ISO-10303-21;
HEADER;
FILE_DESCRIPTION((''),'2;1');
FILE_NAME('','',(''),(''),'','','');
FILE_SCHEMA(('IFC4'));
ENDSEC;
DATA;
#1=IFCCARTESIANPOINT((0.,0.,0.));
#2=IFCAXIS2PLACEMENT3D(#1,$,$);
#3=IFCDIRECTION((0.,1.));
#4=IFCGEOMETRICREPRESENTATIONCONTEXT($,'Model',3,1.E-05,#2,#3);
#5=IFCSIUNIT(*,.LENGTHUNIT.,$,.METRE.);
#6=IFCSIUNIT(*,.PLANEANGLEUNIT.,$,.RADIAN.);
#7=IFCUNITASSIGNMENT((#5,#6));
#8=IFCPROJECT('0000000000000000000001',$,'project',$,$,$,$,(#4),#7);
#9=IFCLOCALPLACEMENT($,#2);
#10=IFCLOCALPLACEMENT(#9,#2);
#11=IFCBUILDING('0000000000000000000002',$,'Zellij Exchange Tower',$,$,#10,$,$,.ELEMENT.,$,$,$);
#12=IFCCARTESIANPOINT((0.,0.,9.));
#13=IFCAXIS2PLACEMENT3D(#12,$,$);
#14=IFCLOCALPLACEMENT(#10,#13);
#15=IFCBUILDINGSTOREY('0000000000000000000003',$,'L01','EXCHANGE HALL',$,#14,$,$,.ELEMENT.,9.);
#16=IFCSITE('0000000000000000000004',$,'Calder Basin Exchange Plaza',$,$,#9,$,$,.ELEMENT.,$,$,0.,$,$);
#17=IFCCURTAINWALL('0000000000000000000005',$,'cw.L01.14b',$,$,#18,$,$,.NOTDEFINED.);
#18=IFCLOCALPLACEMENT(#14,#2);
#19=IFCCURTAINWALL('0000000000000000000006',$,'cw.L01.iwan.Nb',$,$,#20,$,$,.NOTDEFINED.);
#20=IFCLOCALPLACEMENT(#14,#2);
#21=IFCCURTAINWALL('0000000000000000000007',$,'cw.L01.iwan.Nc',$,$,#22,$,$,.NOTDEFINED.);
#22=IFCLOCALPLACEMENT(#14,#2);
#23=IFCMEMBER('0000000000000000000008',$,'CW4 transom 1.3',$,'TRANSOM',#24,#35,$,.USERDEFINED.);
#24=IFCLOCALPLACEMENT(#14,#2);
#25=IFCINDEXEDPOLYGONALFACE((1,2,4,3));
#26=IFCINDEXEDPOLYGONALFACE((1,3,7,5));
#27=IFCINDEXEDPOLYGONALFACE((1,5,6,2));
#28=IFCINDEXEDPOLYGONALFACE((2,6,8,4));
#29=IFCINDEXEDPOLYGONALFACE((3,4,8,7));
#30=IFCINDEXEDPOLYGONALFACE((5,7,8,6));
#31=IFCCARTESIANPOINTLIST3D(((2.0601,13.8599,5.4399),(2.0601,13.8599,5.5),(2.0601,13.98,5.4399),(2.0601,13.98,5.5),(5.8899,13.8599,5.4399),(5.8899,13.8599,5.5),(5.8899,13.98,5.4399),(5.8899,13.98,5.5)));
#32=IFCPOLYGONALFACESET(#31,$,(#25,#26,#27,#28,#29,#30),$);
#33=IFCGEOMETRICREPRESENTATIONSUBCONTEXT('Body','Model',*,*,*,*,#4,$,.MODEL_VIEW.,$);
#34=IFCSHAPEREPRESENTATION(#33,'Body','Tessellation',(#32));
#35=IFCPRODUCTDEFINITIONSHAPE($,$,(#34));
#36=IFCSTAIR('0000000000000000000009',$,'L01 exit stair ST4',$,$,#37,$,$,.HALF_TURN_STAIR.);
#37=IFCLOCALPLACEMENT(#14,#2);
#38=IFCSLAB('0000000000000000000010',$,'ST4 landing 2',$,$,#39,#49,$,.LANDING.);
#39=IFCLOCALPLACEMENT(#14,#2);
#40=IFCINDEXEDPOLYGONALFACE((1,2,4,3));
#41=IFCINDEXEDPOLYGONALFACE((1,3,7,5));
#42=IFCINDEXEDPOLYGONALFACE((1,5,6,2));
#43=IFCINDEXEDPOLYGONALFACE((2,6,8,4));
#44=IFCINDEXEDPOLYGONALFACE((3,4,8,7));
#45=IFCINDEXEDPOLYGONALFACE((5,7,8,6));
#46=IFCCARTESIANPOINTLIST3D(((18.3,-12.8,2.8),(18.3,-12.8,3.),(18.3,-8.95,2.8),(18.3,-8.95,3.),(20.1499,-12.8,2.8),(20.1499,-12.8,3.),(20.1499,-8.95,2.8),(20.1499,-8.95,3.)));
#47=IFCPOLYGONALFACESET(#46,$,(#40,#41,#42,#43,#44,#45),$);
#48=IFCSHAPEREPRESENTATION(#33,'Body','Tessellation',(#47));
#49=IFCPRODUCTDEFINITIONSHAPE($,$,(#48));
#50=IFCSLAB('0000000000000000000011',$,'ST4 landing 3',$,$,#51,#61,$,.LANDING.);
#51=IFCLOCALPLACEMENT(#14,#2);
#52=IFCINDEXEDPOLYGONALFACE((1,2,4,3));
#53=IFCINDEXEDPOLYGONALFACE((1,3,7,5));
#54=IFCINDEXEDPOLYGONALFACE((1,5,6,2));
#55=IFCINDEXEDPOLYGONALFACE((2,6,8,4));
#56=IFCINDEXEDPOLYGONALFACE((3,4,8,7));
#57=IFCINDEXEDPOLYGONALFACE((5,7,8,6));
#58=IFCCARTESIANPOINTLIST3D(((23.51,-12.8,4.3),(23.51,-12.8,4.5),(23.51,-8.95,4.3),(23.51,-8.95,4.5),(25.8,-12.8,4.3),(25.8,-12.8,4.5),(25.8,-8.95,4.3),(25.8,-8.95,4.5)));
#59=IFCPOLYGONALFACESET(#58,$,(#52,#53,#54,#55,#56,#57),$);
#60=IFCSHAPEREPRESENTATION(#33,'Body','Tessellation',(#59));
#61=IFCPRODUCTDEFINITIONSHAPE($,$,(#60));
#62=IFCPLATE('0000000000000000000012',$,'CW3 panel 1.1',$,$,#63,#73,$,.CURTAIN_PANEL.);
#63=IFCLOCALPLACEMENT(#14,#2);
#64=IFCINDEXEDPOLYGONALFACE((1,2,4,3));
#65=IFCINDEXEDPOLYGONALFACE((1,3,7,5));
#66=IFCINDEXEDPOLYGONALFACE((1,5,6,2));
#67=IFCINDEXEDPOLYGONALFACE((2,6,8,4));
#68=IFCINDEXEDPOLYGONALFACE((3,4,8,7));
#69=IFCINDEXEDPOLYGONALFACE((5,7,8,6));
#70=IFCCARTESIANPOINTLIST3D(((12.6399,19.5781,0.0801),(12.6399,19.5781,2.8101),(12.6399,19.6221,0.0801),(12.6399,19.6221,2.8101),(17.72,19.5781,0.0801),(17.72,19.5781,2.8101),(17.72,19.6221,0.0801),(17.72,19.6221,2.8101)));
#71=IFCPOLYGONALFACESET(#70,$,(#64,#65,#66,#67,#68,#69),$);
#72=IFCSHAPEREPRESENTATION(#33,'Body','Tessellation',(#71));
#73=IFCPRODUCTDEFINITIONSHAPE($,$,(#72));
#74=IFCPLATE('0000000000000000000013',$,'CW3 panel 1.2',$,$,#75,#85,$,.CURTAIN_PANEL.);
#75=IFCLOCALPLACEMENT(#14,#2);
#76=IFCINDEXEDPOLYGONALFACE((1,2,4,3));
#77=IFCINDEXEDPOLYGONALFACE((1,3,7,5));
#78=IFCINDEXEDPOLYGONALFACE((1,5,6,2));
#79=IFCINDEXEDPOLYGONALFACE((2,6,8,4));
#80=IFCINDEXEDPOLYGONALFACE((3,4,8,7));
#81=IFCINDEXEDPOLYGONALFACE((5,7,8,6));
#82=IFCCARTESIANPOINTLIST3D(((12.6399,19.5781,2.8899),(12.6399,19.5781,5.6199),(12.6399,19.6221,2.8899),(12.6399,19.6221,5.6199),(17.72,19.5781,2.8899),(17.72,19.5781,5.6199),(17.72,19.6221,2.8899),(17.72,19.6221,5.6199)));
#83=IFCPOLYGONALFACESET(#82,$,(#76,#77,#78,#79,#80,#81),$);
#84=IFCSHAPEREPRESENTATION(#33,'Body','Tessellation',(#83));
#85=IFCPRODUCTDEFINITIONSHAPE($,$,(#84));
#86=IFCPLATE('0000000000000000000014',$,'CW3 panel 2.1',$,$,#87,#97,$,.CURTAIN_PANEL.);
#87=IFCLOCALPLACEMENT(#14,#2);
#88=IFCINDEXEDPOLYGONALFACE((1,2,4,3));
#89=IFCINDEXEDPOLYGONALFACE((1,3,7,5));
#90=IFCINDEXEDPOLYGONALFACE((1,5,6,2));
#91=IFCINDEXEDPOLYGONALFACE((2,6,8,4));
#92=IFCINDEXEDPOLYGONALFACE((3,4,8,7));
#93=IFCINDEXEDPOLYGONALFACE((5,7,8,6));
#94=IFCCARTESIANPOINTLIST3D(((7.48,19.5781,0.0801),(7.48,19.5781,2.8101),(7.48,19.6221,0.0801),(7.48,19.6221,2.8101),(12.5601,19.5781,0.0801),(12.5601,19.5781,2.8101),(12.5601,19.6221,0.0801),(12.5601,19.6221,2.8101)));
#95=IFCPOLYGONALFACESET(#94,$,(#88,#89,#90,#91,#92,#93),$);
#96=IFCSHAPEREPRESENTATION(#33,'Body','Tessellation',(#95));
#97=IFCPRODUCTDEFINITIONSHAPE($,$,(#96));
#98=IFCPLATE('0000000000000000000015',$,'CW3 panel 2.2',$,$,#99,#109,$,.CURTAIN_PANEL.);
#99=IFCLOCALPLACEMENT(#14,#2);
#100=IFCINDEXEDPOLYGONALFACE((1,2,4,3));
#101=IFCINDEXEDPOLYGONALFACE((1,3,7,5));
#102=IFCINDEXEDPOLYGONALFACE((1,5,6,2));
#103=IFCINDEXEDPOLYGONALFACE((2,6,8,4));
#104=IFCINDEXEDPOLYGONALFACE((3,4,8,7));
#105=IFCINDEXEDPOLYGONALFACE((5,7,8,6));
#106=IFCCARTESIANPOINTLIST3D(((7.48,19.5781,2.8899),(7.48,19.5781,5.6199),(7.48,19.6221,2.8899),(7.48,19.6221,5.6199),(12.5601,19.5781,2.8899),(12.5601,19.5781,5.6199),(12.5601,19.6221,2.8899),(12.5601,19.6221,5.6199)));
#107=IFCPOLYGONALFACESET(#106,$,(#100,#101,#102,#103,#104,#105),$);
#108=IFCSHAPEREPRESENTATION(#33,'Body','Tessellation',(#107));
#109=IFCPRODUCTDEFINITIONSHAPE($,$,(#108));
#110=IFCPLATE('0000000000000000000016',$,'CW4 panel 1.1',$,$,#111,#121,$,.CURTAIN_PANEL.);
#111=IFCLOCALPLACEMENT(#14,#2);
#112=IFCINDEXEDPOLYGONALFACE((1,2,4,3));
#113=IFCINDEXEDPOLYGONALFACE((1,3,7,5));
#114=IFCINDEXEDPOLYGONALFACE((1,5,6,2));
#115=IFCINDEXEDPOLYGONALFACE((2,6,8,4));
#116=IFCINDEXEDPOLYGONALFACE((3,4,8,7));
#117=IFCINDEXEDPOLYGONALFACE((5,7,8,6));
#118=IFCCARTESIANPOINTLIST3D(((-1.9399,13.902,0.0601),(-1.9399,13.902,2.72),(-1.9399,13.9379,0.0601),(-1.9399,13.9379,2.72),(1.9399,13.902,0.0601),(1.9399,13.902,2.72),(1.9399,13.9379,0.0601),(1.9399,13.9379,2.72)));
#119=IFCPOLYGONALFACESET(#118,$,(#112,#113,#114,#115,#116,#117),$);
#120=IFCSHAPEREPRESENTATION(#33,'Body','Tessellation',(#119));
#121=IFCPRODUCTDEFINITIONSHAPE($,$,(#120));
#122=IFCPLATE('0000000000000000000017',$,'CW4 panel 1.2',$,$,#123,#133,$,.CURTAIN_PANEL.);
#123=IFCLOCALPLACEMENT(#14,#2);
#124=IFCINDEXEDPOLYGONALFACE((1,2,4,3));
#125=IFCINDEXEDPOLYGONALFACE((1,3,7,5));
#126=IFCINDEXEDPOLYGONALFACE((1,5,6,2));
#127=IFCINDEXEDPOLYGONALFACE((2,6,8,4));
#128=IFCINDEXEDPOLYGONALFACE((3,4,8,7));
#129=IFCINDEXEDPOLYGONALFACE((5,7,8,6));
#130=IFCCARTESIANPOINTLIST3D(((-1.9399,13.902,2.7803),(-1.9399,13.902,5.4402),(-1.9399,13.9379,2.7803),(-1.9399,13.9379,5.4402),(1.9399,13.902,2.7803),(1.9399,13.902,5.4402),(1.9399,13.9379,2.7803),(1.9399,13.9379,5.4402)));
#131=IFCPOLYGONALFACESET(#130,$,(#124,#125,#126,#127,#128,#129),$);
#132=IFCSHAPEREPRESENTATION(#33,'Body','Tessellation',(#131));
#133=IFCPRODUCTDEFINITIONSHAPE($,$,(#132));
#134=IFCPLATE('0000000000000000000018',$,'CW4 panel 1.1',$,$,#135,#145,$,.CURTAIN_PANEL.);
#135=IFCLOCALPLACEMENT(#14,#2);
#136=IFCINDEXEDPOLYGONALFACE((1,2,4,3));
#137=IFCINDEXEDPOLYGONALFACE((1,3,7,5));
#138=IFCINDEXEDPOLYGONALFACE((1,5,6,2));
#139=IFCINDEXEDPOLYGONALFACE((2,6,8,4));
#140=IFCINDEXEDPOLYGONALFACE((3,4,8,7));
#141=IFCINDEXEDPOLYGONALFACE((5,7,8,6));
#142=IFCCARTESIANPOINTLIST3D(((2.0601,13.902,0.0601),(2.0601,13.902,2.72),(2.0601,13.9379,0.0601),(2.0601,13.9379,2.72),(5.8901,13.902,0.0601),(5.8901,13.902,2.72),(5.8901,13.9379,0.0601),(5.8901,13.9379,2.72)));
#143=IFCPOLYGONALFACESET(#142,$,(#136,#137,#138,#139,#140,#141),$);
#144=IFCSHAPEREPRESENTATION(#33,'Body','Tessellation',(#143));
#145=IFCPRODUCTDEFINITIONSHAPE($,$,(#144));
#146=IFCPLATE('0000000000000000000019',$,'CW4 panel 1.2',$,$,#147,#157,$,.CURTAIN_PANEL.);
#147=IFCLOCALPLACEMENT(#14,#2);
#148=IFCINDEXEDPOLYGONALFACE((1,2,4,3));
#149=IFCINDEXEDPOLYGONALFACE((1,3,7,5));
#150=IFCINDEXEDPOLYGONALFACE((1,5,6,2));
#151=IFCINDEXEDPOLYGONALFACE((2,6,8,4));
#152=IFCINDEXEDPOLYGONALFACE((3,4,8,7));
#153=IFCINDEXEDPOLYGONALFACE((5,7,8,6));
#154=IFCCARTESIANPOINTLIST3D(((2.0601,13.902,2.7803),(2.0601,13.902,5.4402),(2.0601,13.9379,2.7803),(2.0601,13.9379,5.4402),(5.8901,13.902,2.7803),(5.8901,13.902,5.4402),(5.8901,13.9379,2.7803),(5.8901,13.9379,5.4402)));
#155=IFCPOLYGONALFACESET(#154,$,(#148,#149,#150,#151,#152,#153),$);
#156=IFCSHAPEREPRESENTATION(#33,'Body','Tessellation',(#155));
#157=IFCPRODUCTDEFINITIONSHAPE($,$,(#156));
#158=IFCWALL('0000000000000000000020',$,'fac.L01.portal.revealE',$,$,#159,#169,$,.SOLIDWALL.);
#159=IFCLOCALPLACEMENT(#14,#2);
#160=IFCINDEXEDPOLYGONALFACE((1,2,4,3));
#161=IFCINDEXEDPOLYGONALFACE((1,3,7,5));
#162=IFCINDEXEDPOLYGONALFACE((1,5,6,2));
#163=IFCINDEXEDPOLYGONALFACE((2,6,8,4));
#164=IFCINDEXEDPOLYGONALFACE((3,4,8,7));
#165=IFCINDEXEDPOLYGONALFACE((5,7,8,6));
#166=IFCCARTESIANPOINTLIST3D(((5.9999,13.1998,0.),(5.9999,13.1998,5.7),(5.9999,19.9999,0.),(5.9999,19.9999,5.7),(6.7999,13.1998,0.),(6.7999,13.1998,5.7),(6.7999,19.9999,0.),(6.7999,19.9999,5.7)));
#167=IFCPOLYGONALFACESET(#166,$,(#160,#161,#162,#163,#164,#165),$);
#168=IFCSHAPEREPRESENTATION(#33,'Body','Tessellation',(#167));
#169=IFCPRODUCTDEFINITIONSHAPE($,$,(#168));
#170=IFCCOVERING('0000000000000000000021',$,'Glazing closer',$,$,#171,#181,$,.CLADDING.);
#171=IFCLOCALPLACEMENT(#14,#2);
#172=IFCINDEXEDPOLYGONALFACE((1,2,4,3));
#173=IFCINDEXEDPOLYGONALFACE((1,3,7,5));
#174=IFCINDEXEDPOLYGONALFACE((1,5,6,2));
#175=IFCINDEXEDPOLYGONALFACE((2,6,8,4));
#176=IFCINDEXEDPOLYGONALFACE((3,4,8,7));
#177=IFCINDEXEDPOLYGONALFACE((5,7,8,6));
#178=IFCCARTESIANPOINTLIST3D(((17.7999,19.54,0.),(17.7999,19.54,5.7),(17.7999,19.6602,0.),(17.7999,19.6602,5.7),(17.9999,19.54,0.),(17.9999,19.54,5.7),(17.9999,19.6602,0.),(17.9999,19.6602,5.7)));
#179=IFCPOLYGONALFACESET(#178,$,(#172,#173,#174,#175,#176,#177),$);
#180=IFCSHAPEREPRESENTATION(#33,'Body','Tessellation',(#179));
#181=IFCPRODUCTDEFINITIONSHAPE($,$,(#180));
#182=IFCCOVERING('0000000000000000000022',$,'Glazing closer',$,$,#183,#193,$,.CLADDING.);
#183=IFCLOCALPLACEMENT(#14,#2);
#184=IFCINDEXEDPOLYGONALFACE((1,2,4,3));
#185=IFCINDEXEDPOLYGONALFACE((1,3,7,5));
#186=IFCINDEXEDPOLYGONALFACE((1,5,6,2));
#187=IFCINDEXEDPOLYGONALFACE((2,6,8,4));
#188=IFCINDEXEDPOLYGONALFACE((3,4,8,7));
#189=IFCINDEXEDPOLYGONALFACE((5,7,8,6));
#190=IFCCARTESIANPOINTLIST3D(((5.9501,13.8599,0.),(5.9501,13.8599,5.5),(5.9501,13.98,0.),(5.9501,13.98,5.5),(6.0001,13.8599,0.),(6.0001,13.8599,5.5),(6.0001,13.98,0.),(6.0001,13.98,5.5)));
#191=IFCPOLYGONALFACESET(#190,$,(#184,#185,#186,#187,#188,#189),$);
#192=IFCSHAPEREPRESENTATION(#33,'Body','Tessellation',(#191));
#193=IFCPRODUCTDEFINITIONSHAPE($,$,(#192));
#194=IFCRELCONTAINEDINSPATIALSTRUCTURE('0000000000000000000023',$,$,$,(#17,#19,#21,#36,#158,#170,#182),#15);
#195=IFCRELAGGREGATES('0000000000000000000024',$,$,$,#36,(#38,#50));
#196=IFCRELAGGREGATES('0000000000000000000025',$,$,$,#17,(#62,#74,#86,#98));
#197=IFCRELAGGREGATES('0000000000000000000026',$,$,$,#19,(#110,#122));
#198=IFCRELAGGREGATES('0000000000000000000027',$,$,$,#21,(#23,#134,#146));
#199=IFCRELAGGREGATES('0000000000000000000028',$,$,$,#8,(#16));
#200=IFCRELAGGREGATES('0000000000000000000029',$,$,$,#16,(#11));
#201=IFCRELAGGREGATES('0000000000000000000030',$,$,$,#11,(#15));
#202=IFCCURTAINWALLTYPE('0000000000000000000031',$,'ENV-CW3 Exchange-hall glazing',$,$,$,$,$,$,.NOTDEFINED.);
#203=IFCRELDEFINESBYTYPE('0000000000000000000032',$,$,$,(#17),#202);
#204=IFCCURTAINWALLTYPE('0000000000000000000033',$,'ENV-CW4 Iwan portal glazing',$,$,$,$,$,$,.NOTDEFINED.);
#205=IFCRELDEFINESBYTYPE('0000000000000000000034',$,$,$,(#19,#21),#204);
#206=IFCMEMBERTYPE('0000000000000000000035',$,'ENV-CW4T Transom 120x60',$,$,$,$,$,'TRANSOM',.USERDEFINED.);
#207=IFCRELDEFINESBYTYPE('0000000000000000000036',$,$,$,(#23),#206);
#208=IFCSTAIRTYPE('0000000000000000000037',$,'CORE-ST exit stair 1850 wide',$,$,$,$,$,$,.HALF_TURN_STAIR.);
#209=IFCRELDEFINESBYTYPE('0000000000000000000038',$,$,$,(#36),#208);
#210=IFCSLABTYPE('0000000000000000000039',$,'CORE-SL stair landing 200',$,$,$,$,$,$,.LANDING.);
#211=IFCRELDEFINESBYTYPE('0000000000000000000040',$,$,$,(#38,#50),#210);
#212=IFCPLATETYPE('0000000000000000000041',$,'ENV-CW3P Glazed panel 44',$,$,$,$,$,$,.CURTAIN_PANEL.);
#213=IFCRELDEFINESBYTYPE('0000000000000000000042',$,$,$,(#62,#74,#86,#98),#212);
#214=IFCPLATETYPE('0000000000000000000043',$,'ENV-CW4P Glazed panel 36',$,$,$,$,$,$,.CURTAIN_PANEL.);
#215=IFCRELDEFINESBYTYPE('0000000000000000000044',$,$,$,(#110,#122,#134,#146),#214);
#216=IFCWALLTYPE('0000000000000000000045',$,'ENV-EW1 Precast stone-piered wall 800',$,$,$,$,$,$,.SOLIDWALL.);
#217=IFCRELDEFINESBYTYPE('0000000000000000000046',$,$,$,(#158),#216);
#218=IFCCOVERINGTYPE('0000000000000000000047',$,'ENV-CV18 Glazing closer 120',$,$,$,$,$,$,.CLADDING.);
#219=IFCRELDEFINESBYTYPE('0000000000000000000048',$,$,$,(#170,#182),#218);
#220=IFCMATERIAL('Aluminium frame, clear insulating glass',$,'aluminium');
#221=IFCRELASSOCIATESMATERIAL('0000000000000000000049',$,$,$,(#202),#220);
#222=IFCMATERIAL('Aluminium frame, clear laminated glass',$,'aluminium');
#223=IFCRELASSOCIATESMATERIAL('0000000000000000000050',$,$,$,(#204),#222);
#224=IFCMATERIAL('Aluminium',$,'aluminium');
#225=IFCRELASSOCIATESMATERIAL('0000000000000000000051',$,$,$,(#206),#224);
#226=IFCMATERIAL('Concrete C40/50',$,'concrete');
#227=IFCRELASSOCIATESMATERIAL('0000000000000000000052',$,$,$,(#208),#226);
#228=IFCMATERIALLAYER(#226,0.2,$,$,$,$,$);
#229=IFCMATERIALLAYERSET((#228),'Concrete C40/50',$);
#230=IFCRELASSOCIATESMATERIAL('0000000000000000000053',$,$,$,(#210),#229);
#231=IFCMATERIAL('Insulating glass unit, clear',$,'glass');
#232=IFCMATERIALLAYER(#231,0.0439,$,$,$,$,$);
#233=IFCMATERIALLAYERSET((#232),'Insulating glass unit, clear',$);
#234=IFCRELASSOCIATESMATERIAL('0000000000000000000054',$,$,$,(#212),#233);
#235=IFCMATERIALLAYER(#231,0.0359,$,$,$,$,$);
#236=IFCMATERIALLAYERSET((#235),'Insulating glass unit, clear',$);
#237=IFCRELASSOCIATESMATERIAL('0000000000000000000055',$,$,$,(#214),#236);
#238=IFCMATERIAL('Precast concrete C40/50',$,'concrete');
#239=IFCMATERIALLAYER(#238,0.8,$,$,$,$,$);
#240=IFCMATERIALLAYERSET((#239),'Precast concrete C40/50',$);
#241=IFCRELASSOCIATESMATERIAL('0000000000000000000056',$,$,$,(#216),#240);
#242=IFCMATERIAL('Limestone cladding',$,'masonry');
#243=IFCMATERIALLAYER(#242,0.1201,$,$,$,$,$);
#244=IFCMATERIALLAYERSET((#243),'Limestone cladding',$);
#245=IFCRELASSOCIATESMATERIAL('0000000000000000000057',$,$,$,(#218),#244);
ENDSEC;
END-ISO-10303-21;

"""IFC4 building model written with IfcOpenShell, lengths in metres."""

from ifc_helpers import new_model, si_unit, direction, frame, frame_2d, origin, origin_2d, place, context, subcontext, project, spatial, polyline, rectangle, outline, extrude, material, layer, layer_set, material_profile, profile_set, type_object, element, aggregate, save


model = new_model("IFC4")

# Units and contexts
model_context = context("Model", 3, precision=1e-05, world=origin(), true_north=direction((0.0, 1.0)))
body_context = subcontext(model_context, "Body", "Model", "MODEL_VIEW")
ifc_project = project(units=[si_unit("LENGTHUNIT", "METRE"), si_unit("PLANEANGLEUNIT", "RADIAN")], contexts=[model_context])

# Site, building, storey
site_placement = place(None, origin())
site = spatial("IfcSite", under=ifc_project, at=site_placement, Name="Calder Basin Exchange Plaza", CompositionType="ELEMENT", RefElevation=0.0)
building_placement = place(site_placement, origin())
building = spatial("IfcBuilding", under=site, at=building_placement, Name="Zellij Exchange Tower", CompositionType="ELEMENT")
storey_placement = place(building_placement, frame((0.0, 0.0, 9.0)))
storey = spatial("IfcBuildingStorey", under=building, at=storey_placement, Name="L01", Description="EXCHANGE HALL", CompositionType="ELEMENT", Elevation=9.0)

# Curtain wall
ifc_material_1 = material(Name="Aluminium frame, clear insulating glass", Category="aluminium")
curtain_wall_type_1 = type_object("IfcCurtainWallType", Name="ENV-CW3 Exchange-hall glazing", PredefinedType="NOTDEFINED", material=ifc_material_1)
curtain_wall_1_placement = place(storey_placement, origin())
curtain_wall_1 = element("IfcCurtainWall", 1, at=curtain_wall_1_placement, inside=storey, type_object=curtain_wall_type_1, Name="cw.L01.14b", PredefinedType="NOTDEFINED")
ifc_material_2 = material(Name="Aluminium", Category="aluminium")

# Curtain wall
ifc_material_3 = material(Name="Aluminium frame, clear laminated glass", Category="aluminium")
curtain_wall_type_2 = type_object("IfcCurtainWallType", Name="ENV-CW4 Iwan portal glazing", PredefinedType="NOTDEFINED", material=ifc_material_3)
curtain_wall_2_placement = place(storey_placement, origin())
curtain_wall_2 = element("IfcCurtainWall", 2, at=curtain_wall_2_placement, inside=storey, type_object=curtain_wall_type_2, Name="cw.L01.iwan.Nb", PredefinedType="NOTDEFINED")

# Curtain wall, member
curtain_wall_3_placement = place(storey_placement, origin())
curtain_wall_3 = element("IfcCurtainWall", 3, at=curtain_wall_3_placement, inside=storey, type_object=curtain_wall_type_2, Name="cw.L01.iwan.Nc", PredefinedType="NOTDEFINED")
ifc_material_profile_1 = material_profile(ifc_material_2, rectangle(XDim=0.1201, YDim=0.0601, at=origin_2d()), Name="AL 120x60")
ifc_profile_set_1 = profile_set([ifc_material_profile_1], Name="Aluminium")
member_type_1 = type_object("IfcMemberType", Name="ENV-CW4T Transom 120x60", ElementType="TRANSOM", PredefinedType="USERDEFINED", material=ifc_profile_set_1)
member_1_placement = place(storey_placement, frame((2.0601, 13.9199, 5.47), z_axis=(1.0, 0.0, 0.0), x_axis=(0.0, 1.0, 0.0)))
member_1 = element("IfcMember", 4, at=member_1_placement, type_object=member_type_1, Name="CW4 transom 1.3", ObjectType="TRANSOM", PredefinedType="USERDEFINED", context=body_context, shape_type="SweptSolid", body=[
    extrude(rectangle(XDim=0.1201, YDim=0.0601, at=origin_2d()), origin(), (0.0, 0.0, 1.0), 3.8298),
])

# Stair, slabs
ifc_material_4 = material(Name="Concrete C40/50", Category="concrete")
stair_type = type_object("IfcStairType", Name="CORE-ST exit stair 1850 wide", PredefinedType="HALF_TURN_STAIR", material=ifc_material_4)
stair_placement = place(storey_placement, origin())
stair = element("IfcStair", 5, at=stair_placement, inside=storey, type_object=stair_type, Name="L01 exit stair ST4", PredefinedType="HALF_TURN_STAIR")
ifc_layer_1 = layer(ifc_material_4, 0.2)
ifc_layer_set_1 = layer_set([ifc_layer_1], Name="Concrete C40/50")
slab_type = type_object("IfcSlabType", Name="CORE-SL stair landing 200", PredefinedType="LANDING", material=ifc_layer_set_1)
slab_1_placement = place(storey_placement, frame((0.0, 0.0, 2.8)))
slab_1 = element("IfcSlab", 6, at=slab_1_placement, type_object=slab_type, Name="ST4 landing 2", PredefinedType="LANDING", context=body_context, shape_type="SweptSolid", body=[
    extrude(outline(polyline([(18.3, -12.8), (20.1499, -12.8), (20.1499, -8.95), (18.3, -8.95), (18.3, -12.8)])), origin(), (0.0, 0.0, 1.0), 0.2),
])
slab_2_placement = place(storey_placement, frame((0.0, 0.0, 4.3)))
slab_2 = element("IfcSlab", 7, at=slab_2_placement, type_object=slab_type, Name="ST4 landing 3", PredefinedType="LANDING", context=body_context, shape_type="SweptSolid", body=[
    extrude(outline(polyline([(23.51, -12.8), (25.8, -12.8), (25.8, -8.95), (23.51, -8.95), (23.51, -12.8)])), origin(), (0.0, 0.0, 1.0), 0.2),
])
aggregate(stair, [slab_1, slab_2])

# Plates
ifc_material_5 = material(Name="Insulating glass unit, clear", Category="glass")
ifc_layer_2 = layer(ifc_material_5, 0.0439)
ifc_layer_set_2 = layer_set([ifc_layer_2], Name="Insulating glass unit, clear")
plate_type_1 = type_object("IfcPlateType", Name="ENV-CW3P Glazed panel 44", PredefinedType="CURTAIN_PANEL", material=ifc_layer_set_2)
plate_1_placement = place(storey_placement, frame((15.1799, 19.6001, 0.0801), z_axis=(0.0, 0.0, 1.0), x_axis=(-1.0, 0.0, 0.0)))
plate_1 = element("IfcPlate", 8, at=plate_1_placement, type_object=plate_type_1, Name="CW3 panel 1.1", PredefinedType="CURTAIN_PANEL", context=body_context, shape_type="SweptSolid", body=[
    extrude(rectangle(XDim=5.0801, YDim=0.0439, at=origin_2d()), origin(), (0.0, 0.0, 1.0), 2.73),
])
plate_2_placement = place(storey_placement, frame((15.1799, 19.6001, 2.8899), z_axis=(0.0, 0.0, 1.0), x_axis=(-1.0, 0.0, 0.0)))
plate_2 = element("IfcPlate", 9, at=plate_2_placement, type_object=plate_type_1, Name="CW3 panel 1.2", PredefinedType="CURTAIN_PANEL", context=body_context, shape_type="SweptSolid", body=[
    extrude(rectangle(XDim=5.0801, YDim=0.0439, at=origin_2d()), origin(), (0.0, 0.0, 1.0), 2.73),
])
plate_3_placement = place(storey_placement, frame((10.02, 19.6001, 0.0801), z_axis=(0.0, 0.0, 1.0), x_axis=(-1.0, 0.0, 0.0)))
plate_3 = element("IfcPlate", 10, at=plate_3_placement, type_object=plate_type_1, Name="CW3 panel 2.1", PredefinedType="CURTAIN_PANEL", context=body_context, shape_type="SweptSolid", body=[
    extrude(rectangle(XDim=5.0801, YDim=0.0439, at=origin_2d()), origin(), (0.0, 0.0, 1.0), 2.73),
])
plate_4_placement = place(storey_placement, frame((10.02, 19.6001, 2.8899), z_axis=(0.0, 0.0, 1.0), x_axis=(-1.0, 0.0, 0.0)))
plate_4 = element("IfcPlate", 11, at=plate_4_placement, type_object=plate_type_1, Name="CW3 panel 2.2", PredefinedType="CURTAIN_PANEL", context=body_context, shape_type="SweptSolid", body=[
    extrude(rectangle(XDim=5.0801, YDim=0.0439, at=origin_2d()), origin(), (0.0, 0.0, 1.0), 2.73),
])
aggregate(curtain_wall_1, [plate_1, plate_2, plate_3, plate_4])
ifc_layer_3 = layer(ifc_material_5, 0.0359)
ifc_layer_set_3 = layer_set([ifc_layer_3], Name="Insulating glass unit, clear")
plate_type_2 = type_object("IfcPlateType", Name="ENV-CW4P Glazed panel 36", PredefinedType="CURTAIN_PANEL", material=ifc_layer_set_3)
plate_5_placement = place(storey_placement, frame((0.0, 13.9199, 0.0601), z_axis=(0.0, 0.0, 1.0), x_axis=(1.0, 0.0, 0.0)))
plate_5 = element("IfcPlate", 12, at=plate_5_placement, type_object=plate_type_2, Name="CW4 panel 1.1", PredefinedType="CURTAIN_PANEL", context=body_context, shape_type="SweptSolid", body=[
    extrude(rectangle(XDim=3.8799, YDim=0.0359, at=origin_2d()), origin(), (0.0, 0.0, 1.0), 2.6599),
])
plate_6_placement = place(storey_placement, frame((0.0, 13.9199, 2.7803), z_axis=(0.0, 0.0, 1.0), x_axis=(1.0, 0.0, 0.0)))
plate_6 = element("IfcPlate", 13, at=plate_6_placement, type_object=plate_type_2, Name="CW4 panel 1.2", PredefinedType="CURTAIN_PANEL", context=body_context, shape_type="SweptSolid", body=[
    extrude(rectangle(XDim=3.8799, YDim=0.0359, at=origin_2d()), origin(), (0.0, 0.0, 1.0), 2.6599),
])
aggregate(curtain_wall_2, [plate_5, plate_6])
plate_7_placement = place(storey_placement, frame((3.9751, 13.9199, 0.0601), z_axis=(0.0, 0.0, 1.0), x_axis=(1.0, 0.0, 0.0)))
plate_7 = element("IfcPlate", 14, at=plate_7_placement, type_object=plate_type_2, Name="CW4 panel 1.1", PredefinedType="CURTAIN_PANEL", context=body_context, shape_type="SweptSolid", body=[
    extrude(rectangle(XDim=3.8301, YDim=0.0359, at=origin_2d()), origin(), (0.0, 0.0, 1.0), 2.6599),
])
plate_8_placement = place(storey_placement, frame((3.9751, 13.9199, 2.7803), z_axis=(0.0, 0.0, 1.0), x_axis=(1.0, 0.0, 0.0)))
plate_8 = element("IfcPlate", 15, at=plate_8_placement, type_object=plate_type_2, Name="CW4 panel 1.2", PredefinedType="CURTAIN_PANEL", context=body_context, shape_type="SweptSolid", body=[
    extrude(rectangle(XDim=3.8301, YDim=0.0359, at=origin_2d()), origin(), (0.0, 0.0, 1.0), 2.6599),
])
aggregate(curtain_wall_3, [member_1, plate_7, plate_8])

# Wall
ifc_material_6 = material(Name="Precast concrete C40/50", Category="concrete")
ifc_layer_4 = layer(ifc_material_6, 0.8)
ifc_layer_set_4 = layer_set([ifc_layer_4], Name="Precast concrete C40/50")
wall_type = type_object("IfcWallType", Name="ENV-EW1 Precast stone-piered wall 800", PredefinedType="SOLIDWALL", material=ifc_layer_set_4)
wall_placement = place(storey_placement, frame((6.3999, 13.2, 0.0), z_axis=(0.0, 0.0, 1.0), x_axis=(0.0, 1.0, 0.0)))
element("IfcWall", 16, at=wall_placement, inside=storey, type_object=wall_type, Name="fac.L01.portal.revealE", PredefinedType="SOLIDWALL", context=body_context, shape_type="SweptSolid", body=[
    extrude(rectangle(XDim=6.8, YDim=0.8, at=frame_2d((3.3999, 0.0))), origin(), (0.0, 0.0, 1.0), 5.7),
])

# Coverings
ifc_material_7 = material(Name="Limestone cladding", Category="masonry")
ifc_layer_5 = layer(ifc_material_7, 0.1201)
ifc_layer_set_5 = layer_set([ifc_layer_5], Name="Limestone cladding")
covering_type = type_object("IfcCoveringType", Name="ENV-CV18 Glazing closer 120", PredefinedType="CLADDING", material=ifc_layer_set_5)
covering_1_placement = place(storey_placement, frame((17.8999, 19.6001, 0.0), z_axis=(0.0, 0.0, 1.0), x_axis=(1.0, 0.0, 0.0)))
element("IfcCovering", 17, at=covering_1_placement, inside=storey, type_object=covering_type, Name="Glazing closer", PredefinedType="CLADDING", context=body_context, shape_type="SweptSolid", body=[
    extrude(rectangle(XDim=0.2, YDim=0.1201, at=origin_2d()), origin(), (0.0, 0.0, 1.0), 5.7),
])
covering_2_placement = place(storey_placement, frame((5.9751, 13.9199, 0.0), z_axis=(0.0, 0.0, 1.0), x_axis=(1.0, 0.0, 0.0)))
element("IfcCovering", 18, at=covering_2_placement, inside=storey, type_object=covering_type, Name="Glazing closer", PredefinedType="CLADDING", context=body_context, shape_type="SweptSolid", body=[
    extrude(rectangle(XDim=0.05, YDim=0.1201, at=origin_2d()), origin(), (0.0, 0.0, 1.0), 5.5),
])

save(model, "model.ifc")
